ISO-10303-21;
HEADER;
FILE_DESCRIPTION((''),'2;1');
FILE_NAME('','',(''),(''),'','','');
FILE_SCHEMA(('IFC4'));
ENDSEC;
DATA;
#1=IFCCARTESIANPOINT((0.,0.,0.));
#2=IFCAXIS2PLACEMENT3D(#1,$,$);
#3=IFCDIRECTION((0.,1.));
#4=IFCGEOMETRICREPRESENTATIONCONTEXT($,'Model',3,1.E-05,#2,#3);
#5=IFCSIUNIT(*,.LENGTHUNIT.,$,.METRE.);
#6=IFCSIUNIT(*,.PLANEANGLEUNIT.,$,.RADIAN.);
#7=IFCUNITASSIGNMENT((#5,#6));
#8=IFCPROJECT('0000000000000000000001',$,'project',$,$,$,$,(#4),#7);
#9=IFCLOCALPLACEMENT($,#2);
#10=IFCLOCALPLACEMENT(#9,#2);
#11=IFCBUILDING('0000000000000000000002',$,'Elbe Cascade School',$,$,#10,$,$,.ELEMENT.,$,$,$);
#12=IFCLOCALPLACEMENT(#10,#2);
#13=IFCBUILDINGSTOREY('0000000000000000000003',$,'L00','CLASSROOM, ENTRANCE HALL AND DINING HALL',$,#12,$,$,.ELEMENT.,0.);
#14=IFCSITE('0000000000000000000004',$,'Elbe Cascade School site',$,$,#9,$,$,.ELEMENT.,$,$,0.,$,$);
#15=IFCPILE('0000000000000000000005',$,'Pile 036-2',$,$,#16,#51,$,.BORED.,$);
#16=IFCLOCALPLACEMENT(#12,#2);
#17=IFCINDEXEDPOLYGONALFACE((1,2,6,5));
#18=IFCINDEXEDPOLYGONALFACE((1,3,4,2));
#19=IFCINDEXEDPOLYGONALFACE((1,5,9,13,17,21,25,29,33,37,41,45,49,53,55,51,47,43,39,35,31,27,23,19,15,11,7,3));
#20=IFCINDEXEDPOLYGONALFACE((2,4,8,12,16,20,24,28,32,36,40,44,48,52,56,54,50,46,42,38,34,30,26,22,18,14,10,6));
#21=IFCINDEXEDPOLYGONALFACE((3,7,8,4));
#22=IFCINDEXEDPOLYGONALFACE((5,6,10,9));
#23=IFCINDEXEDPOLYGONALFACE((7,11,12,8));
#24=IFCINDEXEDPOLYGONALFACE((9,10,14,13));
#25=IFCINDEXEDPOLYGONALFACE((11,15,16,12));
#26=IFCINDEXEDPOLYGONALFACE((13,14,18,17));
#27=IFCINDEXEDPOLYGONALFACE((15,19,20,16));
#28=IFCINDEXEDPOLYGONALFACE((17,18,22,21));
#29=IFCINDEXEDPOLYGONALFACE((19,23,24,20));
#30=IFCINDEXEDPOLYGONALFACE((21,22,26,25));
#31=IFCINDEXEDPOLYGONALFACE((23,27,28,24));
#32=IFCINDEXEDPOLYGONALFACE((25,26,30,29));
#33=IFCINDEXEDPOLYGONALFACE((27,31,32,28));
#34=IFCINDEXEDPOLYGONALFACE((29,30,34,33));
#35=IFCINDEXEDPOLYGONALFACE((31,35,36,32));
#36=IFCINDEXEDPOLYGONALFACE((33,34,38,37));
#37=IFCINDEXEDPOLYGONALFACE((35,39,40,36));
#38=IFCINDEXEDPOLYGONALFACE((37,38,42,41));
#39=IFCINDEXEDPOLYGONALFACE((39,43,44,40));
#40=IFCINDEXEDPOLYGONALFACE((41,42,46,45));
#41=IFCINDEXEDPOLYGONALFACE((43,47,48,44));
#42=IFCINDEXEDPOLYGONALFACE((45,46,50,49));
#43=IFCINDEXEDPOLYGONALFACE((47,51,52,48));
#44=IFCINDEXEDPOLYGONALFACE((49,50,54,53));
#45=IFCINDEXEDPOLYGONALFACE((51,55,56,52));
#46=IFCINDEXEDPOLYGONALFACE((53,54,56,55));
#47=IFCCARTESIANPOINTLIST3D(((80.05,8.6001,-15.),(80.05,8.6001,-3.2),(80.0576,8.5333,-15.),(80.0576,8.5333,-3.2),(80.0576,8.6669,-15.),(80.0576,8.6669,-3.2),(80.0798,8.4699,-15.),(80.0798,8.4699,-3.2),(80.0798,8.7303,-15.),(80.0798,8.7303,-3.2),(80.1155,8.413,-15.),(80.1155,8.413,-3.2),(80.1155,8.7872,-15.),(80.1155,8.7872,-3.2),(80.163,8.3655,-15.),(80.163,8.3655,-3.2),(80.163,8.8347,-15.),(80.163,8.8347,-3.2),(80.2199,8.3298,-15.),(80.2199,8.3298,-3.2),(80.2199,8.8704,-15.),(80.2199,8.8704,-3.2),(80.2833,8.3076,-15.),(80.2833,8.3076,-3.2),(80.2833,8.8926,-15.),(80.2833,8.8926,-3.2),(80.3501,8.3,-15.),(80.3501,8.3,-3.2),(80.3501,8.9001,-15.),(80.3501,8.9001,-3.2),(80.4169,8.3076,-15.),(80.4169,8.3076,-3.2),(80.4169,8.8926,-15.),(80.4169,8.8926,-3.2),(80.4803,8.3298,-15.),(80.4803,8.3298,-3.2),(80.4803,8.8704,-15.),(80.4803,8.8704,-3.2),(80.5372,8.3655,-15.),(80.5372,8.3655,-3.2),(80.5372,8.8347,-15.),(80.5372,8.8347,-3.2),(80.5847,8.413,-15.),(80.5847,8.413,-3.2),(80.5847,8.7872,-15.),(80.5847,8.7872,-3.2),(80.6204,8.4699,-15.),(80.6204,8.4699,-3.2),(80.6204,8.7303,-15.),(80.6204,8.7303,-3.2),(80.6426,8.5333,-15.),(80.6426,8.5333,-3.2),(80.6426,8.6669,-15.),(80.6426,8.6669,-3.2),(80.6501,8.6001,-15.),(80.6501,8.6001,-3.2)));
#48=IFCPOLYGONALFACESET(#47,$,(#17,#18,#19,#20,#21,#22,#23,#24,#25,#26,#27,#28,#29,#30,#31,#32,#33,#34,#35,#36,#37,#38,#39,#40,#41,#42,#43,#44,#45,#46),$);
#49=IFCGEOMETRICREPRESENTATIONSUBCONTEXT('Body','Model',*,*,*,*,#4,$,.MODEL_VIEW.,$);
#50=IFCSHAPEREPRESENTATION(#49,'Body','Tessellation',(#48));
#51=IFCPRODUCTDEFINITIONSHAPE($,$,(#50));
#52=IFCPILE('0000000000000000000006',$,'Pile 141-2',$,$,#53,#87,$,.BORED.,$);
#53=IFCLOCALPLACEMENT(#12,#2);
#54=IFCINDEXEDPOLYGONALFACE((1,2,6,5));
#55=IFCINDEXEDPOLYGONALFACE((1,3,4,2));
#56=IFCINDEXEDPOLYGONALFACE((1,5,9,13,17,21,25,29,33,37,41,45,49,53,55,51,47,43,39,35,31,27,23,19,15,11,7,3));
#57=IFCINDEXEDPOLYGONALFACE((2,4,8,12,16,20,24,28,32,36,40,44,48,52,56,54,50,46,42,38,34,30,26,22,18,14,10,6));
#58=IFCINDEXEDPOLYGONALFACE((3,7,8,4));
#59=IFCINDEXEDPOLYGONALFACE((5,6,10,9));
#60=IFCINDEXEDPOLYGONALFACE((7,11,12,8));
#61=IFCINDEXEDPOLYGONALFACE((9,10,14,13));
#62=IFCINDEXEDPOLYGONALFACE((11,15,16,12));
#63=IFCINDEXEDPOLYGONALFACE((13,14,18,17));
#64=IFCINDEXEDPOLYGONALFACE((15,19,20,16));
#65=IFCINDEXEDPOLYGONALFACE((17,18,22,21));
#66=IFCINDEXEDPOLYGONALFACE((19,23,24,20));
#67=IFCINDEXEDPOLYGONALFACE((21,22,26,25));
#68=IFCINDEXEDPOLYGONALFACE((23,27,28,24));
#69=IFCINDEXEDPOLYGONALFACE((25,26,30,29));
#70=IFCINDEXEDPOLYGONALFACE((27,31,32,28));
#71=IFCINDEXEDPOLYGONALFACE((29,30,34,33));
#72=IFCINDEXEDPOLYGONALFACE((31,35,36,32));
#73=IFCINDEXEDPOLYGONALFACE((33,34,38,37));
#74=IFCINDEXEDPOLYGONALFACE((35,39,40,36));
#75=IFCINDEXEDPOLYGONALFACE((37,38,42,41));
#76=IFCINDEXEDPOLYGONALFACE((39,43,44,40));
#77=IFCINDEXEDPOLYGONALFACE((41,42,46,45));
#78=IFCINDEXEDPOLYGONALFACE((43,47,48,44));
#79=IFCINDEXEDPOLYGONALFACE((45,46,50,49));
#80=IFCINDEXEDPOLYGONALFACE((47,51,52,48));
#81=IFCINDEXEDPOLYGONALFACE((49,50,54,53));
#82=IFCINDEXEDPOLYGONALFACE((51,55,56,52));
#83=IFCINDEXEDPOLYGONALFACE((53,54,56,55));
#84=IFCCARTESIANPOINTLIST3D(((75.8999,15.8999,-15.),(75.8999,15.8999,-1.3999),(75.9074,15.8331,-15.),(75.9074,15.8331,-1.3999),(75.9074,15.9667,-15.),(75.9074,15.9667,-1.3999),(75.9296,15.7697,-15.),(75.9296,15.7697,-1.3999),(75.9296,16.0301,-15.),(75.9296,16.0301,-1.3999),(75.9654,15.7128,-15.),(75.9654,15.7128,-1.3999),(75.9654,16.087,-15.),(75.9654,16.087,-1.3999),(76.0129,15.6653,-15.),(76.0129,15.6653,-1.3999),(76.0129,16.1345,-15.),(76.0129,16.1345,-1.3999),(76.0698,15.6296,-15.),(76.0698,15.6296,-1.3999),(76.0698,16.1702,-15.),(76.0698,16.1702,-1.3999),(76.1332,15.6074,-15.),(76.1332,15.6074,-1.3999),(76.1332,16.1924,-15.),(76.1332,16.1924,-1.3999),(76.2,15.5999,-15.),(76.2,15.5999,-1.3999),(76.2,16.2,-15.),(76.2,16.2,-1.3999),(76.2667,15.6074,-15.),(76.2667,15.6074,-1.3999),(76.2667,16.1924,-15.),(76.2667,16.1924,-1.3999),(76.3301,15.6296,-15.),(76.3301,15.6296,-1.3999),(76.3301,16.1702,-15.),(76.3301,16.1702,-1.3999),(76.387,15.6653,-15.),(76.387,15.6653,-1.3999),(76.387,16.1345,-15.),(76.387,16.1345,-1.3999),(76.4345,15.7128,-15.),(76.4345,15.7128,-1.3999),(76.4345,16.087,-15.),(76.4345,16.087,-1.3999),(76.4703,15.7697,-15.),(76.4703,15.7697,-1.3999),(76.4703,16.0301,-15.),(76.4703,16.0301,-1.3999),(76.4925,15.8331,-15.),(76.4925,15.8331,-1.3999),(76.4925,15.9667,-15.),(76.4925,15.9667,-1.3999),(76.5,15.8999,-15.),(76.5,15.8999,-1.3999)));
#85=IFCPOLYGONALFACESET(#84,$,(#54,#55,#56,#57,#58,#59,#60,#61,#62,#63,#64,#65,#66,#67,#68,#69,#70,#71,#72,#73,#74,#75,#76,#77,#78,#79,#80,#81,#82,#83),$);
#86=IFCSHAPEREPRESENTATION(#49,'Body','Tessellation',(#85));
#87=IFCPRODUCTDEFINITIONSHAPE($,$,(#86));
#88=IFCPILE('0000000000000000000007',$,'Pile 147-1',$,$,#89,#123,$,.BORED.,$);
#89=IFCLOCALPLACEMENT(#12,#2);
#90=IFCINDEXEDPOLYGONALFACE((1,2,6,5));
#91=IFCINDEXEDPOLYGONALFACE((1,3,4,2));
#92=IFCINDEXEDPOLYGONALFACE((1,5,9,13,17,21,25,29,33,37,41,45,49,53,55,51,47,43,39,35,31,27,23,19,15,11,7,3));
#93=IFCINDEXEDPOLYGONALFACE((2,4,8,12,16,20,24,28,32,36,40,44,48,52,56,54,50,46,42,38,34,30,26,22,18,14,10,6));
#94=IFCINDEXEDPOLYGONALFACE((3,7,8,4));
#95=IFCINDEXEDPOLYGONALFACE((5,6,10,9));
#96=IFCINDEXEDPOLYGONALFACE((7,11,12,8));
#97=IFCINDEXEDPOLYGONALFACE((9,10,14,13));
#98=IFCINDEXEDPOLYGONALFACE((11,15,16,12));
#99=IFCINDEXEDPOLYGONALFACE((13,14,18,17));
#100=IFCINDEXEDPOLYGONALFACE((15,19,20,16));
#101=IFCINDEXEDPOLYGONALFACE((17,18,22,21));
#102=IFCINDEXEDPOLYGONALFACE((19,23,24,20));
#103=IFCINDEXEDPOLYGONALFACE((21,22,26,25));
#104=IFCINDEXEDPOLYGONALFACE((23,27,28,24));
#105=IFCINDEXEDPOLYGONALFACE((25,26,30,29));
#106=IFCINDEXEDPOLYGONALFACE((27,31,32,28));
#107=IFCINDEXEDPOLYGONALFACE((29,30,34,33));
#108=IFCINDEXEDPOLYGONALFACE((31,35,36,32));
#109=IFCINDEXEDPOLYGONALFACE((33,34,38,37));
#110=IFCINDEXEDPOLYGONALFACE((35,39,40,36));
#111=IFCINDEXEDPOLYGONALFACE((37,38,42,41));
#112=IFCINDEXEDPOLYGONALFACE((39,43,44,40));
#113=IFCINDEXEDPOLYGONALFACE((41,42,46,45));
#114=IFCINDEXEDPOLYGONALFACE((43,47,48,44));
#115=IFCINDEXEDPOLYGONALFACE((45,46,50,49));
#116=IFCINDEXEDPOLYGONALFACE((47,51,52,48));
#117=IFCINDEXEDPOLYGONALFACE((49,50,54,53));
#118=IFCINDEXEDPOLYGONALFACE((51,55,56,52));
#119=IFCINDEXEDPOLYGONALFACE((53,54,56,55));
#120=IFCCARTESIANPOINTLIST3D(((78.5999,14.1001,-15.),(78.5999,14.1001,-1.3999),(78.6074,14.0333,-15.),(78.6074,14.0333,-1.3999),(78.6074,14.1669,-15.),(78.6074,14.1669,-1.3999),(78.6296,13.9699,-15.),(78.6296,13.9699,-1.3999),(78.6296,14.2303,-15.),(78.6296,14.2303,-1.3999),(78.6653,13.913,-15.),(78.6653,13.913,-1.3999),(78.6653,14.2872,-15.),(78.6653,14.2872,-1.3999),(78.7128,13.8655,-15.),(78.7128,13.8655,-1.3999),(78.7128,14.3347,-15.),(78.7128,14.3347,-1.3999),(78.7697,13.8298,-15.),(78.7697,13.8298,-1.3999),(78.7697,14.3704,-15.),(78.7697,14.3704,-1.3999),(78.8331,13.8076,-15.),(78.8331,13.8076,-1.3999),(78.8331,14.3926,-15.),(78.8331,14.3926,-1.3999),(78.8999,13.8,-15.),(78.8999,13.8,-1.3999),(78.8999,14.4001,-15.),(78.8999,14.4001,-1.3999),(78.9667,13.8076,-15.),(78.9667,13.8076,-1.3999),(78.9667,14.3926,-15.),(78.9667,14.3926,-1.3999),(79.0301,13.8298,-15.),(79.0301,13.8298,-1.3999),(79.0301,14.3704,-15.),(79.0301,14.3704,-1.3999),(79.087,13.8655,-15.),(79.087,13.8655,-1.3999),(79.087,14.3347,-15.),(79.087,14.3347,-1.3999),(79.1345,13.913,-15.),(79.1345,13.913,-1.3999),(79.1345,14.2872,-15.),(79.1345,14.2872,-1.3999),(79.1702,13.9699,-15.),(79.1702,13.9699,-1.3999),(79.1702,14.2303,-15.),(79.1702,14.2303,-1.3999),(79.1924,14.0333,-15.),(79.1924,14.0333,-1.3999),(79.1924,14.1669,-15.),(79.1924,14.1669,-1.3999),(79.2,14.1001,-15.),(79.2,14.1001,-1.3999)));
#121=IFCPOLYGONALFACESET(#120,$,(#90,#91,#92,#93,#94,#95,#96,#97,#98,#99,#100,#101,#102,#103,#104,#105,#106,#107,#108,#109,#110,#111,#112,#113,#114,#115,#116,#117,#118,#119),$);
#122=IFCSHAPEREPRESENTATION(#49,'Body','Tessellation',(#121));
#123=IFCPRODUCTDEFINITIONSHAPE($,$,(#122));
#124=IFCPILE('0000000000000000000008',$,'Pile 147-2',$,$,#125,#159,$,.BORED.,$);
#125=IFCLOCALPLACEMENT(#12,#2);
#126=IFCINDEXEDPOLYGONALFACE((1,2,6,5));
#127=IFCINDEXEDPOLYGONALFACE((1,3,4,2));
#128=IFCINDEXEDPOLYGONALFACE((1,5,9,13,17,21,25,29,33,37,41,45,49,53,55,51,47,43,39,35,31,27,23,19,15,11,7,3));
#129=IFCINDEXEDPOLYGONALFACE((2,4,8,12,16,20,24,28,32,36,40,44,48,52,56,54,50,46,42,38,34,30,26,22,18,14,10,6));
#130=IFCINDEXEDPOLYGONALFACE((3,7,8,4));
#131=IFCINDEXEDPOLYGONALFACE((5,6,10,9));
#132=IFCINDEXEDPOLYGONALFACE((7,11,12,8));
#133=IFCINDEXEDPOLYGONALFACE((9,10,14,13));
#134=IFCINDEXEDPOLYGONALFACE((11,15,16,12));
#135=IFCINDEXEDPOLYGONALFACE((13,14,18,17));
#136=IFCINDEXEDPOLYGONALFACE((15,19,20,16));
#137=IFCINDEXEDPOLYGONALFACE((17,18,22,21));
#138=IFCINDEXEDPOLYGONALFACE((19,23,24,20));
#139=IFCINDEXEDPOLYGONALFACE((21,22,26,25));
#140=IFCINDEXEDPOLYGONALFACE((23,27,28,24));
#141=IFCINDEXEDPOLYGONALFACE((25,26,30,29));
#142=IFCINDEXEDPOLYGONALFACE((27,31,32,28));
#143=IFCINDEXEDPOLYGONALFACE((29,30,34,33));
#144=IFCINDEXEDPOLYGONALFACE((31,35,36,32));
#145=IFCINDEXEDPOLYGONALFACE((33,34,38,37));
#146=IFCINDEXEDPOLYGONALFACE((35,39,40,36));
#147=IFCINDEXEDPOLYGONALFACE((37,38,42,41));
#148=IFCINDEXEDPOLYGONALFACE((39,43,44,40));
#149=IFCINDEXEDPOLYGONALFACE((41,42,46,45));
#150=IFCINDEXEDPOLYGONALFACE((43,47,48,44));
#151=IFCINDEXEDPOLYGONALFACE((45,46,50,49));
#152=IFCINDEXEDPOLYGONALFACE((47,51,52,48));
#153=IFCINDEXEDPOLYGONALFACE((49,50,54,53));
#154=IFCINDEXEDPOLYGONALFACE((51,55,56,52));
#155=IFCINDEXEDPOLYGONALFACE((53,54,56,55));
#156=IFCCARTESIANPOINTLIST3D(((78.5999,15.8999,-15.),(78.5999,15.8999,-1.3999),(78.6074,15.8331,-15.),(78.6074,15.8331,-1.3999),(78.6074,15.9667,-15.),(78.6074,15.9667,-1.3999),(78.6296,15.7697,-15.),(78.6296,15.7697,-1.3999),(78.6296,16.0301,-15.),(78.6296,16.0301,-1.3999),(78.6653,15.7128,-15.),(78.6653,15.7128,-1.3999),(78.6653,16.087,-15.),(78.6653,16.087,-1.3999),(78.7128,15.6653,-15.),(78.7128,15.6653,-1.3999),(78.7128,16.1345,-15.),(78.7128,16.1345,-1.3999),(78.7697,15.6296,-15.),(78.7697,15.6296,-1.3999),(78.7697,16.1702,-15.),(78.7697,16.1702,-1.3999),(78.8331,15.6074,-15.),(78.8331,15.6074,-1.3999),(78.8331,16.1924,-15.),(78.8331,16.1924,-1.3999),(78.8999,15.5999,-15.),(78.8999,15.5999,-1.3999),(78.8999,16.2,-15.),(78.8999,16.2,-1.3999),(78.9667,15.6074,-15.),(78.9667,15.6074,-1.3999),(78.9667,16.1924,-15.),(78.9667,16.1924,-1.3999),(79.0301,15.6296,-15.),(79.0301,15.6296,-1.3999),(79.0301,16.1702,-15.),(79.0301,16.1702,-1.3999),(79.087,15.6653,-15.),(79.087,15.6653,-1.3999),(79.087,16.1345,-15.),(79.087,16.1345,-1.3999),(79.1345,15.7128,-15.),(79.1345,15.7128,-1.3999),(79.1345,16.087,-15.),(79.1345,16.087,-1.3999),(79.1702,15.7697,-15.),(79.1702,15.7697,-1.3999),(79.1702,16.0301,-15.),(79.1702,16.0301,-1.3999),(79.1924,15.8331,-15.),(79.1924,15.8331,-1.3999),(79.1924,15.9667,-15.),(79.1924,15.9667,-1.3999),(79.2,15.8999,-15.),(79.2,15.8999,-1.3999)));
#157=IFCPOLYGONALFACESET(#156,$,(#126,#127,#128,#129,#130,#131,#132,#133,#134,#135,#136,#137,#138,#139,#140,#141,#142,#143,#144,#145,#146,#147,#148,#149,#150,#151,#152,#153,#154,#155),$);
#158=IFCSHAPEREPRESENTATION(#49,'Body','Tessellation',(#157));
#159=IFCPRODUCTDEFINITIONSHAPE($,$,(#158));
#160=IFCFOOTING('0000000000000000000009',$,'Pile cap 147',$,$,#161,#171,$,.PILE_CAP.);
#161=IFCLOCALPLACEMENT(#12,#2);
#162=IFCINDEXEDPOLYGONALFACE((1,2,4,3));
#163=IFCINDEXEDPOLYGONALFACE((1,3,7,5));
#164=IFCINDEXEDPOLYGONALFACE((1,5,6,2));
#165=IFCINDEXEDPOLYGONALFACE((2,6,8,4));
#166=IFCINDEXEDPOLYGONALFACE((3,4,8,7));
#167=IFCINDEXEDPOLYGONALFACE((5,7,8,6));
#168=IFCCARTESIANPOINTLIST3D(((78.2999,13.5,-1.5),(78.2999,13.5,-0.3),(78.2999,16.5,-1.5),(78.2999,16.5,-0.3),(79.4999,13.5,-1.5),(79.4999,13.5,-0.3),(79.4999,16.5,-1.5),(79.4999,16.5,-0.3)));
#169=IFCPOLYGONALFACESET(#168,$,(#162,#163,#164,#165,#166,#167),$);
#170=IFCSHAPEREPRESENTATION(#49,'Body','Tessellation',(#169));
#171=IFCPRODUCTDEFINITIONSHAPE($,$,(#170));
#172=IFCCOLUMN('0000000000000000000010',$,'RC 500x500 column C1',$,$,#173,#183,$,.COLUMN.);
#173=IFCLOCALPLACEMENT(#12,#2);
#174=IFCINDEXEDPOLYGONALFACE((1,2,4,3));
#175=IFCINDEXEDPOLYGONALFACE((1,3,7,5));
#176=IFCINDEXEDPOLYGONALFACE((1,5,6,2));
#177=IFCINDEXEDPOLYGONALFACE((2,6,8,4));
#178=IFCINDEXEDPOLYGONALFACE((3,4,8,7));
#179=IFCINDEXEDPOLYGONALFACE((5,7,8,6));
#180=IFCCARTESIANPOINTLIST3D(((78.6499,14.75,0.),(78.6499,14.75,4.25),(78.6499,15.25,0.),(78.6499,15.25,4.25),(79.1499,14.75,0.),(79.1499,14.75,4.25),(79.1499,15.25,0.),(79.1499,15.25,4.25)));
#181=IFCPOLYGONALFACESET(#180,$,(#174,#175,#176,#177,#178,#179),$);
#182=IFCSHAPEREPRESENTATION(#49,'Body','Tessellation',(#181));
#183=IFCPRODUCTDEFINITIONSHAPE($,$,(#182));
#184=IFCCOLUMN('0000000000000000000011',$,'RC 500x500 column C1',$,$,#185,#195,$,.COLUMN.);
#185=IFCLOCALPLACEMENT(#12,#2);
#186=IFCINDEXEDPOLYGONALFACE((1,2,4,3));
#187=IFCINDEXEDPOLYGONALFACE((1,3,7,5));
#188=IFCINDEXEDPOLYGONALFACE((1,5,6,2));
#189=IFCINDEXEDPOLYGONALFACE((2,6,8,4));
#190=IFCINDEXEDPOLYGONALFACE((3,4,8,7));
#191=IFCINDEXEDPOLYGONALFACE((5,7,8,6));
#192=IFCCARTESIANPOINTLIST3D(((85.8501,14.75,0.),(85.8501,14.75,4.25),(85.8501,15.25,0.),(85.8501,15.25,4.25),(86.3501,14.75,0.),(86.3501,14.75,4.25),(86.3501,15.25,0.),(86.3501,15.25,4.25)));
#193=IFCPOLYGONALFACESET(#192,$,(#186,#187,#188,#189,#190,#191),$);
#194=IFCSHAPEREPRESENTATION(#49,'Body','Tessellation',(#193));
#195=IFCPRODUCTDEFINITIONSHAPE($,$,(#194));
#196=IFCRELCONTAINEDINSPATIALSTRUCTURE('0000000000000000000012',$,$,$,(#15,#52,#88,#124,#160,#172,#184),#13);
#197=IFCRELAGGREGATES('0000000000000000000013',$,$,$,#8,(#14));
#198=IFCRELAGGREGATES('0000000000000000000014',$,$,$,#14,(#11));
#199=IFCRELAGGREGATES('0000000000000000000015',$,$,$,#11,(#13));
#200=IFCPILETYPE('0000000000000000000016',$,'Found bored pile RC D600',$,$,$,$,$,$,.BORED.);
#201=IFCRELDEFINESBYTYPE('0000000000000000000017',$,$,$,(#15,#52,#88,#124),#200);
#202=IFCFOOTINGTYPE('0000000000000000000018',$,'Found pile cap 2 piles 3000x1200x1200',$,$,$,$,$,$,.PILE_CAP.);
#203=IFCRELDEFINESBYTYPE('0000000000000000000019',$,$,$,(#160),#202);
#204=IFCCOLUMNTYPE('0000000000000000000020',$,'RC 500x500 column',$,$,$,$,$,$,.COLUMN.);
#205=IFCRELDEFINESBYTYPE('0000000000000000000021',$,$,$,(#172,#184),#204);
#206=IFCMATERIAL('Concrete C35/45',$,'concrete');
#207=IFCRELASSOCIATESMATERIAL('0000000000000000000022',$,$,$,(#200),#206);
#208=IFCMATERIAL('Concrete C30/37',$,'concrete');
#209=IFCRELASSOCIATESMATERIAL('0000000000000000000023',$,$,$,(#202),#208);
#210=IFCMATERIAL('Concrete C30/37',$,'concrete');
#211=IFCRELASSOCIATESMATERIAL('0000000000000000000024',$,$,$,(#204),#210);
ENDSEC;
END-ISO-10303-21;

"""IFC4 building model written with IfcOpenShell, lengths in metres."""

from ifc_helpers import new_model, si_unit, direction, frame, origin, origin_2d, place, context, subcontext, project, spatial, rectangle, circle, extrude, material, material_profile, profile_set, type_object, element, save


model = new_model("IFC4")

# Units and contexts
model_context = context("Model", 3, precision=1e-05, world=origin(), true_north=direction((0.0, 1.0)))
body_context = subcontext(model_context, "Body", "Model", "MODEL_VIEW")
ifc_project = project(units=[si_unit("LENGTHUNIT", "METRE"), si_unit("PLANEANGLEUNIT", "RADIAN")], contexts=[model_context])

# Site, building, storey
site_placement = place(None, origin())
site = spatial("IfcSite", under=ifc_project, at=site_placement, Name="Elbe Cascade School site", CompositionType="ELEMENT", RefElevation=0.0)
building_placement = place(site_placement, origin())
building = spatial("IfcBuilding", under=site, at=building_placement, Name="Elbe Cascade School", CompositionType="ELEMENT")
storey_placement = place(building_placement, origin())
storey = spatial("IfcBuildingStorey", under=building, at=storey_placement, Name="L00", Description="CLASSROOM, ENTRANCE HALL AND DINING HALL", CompositionType="ELEMENT", Elevation=0.0)

# Piles
ifc_material_1 = material(Name="Concrete C35/45", Category="concrete")
ifc_material_profile_1 = material_profile(ifc_material_1, circle(Radius=0.3, at=origin_2d()), Name="RC D600")
ifc_profile_set_1 = profile_set([ifc_material_profile_1], Name="Concrete C35/45")
pile_type = type_object("IfcPileType", Name="Found bored pile RC D600", PredefinedType="BORED", material=ifc_profile_set_1)
pile_placement = place(storey_placement, frame((80.3501, 8.6001, -3.2), z_axis=(0.0, 0.0, -1.0), x_axis=(1.0, 0.0, 0.0)))
element("IfcPile", 1, at=pile_placement, inside=storey, type_object=pile_type, Name="Pile 036-2", PredefinedType="BORED", context=body_context, shape_type="SweptSolid", body=[
    extrude(circle(Radius=0.3, at=origin_2d()), origin(), (0.0, 0.0, 1.0), 11.8),
])
for number, where, z_axis, x_axis, name in (
    (2, (76.2, 15.8999, -1.3999), (0.0, 0.0, -1.0), (1.0, 0.0, 0.0), "Pile 141-2"),
    (3, (78.8999, 14.1001, -1.3999), (0.0, 0.0, -1.0), (1.0, 0.0, 0.0), "Pile 147-1"),
    (4, (78.8999, 15.8999, -1.3999), (0.0, 0.0, -1.0), (1.0, 0.0, 0.0), "Pile 147-2"),
):
    element("IfcPile", number, at=place(storey_placement, frame(where, z_axis=z_axis, x_axis=x_axis)), inside=storey, type_object=pile_type, Name=name, PredefinedType="BORED", context=body_context, shape_type="SweptSolid", body=[
        extrude(circle(Radius=0.3, at=origin_2d()), origin(), (0.0, 0.0, 1.0), 13.6001),
    ])

# Footing
ifc_material_2 = material(Name="Concrete C30/37", Category="concrete")
footing_type = type_object("IfcFootingType", Name="Found pile cap 2 piles 3000x1200x1200", PredefinedType="PILE_CAP", material=ifc_material_2)
footing_placement = place(storey_placement, frame((78.8999, 15.0, -1.5), z_axis=(0.0, 0.0, 1.0), x_axis=(1.0, 0.0, 0.0)))
element("IfcFooting", 5, at=footing_placement, inside=storey, type_object=footing_type, Name="Pile cap 147", PredefinedType="PILE_CAP", context=body_context, shape_type="SweptSolid", body=[
    extrude(rectangle(XDim=1.2, YDim=3.0, at=origin_2d()), origin(), (0.0, 0.0, 1.0), 1.2),
])

# Columns
ifc_material_3 = material(Name="Concrete C30/37", Category="concrete")
ifc_material_profile_2 = material_profile(ifc_material_3, rectangle(XDim=0.5, YDim=0.5, at=origin_2d()), Name="RC 500x500")
ifc_profile_set_2 = profile_set([ifc_material_profile_2], Name="Concrete C30/37")
column_type = type_object("IfcColumnType", Name="RC 500x500 column", PredefinedType="COLUMN", material=ifc_profile_set_2)
for number, where, z_axis, x_axis, name in (
    (6, (78.8999, 15.0, 0.0), (0.0, 0.0, 1.0), (1.0, 0.0, 0.0), "RC 500x500 column C1"),
    (7, (86.1001, 15.0, 0.0), (0.0, 0.0, 1.0), (1.0, 0.0, 0.0), "RC 500x500 column C1"),
):
    element("IfcColumn", number, at=place(storey_placement, frame(where, z_axis=z_axis, x_axis=x_axis)), inside=storey, type_object=column_type, Name=name, PredefinedType="COLUMN", context=body_context, shape_type="SweptSolid", body=[
        extrude(rectangle(XDim=0.5, YDim=0.5, at=origin_2d()), origin(), (0.0, 0.0, 1.0), 4.25),
    ])

save(model, "model.ifc")
